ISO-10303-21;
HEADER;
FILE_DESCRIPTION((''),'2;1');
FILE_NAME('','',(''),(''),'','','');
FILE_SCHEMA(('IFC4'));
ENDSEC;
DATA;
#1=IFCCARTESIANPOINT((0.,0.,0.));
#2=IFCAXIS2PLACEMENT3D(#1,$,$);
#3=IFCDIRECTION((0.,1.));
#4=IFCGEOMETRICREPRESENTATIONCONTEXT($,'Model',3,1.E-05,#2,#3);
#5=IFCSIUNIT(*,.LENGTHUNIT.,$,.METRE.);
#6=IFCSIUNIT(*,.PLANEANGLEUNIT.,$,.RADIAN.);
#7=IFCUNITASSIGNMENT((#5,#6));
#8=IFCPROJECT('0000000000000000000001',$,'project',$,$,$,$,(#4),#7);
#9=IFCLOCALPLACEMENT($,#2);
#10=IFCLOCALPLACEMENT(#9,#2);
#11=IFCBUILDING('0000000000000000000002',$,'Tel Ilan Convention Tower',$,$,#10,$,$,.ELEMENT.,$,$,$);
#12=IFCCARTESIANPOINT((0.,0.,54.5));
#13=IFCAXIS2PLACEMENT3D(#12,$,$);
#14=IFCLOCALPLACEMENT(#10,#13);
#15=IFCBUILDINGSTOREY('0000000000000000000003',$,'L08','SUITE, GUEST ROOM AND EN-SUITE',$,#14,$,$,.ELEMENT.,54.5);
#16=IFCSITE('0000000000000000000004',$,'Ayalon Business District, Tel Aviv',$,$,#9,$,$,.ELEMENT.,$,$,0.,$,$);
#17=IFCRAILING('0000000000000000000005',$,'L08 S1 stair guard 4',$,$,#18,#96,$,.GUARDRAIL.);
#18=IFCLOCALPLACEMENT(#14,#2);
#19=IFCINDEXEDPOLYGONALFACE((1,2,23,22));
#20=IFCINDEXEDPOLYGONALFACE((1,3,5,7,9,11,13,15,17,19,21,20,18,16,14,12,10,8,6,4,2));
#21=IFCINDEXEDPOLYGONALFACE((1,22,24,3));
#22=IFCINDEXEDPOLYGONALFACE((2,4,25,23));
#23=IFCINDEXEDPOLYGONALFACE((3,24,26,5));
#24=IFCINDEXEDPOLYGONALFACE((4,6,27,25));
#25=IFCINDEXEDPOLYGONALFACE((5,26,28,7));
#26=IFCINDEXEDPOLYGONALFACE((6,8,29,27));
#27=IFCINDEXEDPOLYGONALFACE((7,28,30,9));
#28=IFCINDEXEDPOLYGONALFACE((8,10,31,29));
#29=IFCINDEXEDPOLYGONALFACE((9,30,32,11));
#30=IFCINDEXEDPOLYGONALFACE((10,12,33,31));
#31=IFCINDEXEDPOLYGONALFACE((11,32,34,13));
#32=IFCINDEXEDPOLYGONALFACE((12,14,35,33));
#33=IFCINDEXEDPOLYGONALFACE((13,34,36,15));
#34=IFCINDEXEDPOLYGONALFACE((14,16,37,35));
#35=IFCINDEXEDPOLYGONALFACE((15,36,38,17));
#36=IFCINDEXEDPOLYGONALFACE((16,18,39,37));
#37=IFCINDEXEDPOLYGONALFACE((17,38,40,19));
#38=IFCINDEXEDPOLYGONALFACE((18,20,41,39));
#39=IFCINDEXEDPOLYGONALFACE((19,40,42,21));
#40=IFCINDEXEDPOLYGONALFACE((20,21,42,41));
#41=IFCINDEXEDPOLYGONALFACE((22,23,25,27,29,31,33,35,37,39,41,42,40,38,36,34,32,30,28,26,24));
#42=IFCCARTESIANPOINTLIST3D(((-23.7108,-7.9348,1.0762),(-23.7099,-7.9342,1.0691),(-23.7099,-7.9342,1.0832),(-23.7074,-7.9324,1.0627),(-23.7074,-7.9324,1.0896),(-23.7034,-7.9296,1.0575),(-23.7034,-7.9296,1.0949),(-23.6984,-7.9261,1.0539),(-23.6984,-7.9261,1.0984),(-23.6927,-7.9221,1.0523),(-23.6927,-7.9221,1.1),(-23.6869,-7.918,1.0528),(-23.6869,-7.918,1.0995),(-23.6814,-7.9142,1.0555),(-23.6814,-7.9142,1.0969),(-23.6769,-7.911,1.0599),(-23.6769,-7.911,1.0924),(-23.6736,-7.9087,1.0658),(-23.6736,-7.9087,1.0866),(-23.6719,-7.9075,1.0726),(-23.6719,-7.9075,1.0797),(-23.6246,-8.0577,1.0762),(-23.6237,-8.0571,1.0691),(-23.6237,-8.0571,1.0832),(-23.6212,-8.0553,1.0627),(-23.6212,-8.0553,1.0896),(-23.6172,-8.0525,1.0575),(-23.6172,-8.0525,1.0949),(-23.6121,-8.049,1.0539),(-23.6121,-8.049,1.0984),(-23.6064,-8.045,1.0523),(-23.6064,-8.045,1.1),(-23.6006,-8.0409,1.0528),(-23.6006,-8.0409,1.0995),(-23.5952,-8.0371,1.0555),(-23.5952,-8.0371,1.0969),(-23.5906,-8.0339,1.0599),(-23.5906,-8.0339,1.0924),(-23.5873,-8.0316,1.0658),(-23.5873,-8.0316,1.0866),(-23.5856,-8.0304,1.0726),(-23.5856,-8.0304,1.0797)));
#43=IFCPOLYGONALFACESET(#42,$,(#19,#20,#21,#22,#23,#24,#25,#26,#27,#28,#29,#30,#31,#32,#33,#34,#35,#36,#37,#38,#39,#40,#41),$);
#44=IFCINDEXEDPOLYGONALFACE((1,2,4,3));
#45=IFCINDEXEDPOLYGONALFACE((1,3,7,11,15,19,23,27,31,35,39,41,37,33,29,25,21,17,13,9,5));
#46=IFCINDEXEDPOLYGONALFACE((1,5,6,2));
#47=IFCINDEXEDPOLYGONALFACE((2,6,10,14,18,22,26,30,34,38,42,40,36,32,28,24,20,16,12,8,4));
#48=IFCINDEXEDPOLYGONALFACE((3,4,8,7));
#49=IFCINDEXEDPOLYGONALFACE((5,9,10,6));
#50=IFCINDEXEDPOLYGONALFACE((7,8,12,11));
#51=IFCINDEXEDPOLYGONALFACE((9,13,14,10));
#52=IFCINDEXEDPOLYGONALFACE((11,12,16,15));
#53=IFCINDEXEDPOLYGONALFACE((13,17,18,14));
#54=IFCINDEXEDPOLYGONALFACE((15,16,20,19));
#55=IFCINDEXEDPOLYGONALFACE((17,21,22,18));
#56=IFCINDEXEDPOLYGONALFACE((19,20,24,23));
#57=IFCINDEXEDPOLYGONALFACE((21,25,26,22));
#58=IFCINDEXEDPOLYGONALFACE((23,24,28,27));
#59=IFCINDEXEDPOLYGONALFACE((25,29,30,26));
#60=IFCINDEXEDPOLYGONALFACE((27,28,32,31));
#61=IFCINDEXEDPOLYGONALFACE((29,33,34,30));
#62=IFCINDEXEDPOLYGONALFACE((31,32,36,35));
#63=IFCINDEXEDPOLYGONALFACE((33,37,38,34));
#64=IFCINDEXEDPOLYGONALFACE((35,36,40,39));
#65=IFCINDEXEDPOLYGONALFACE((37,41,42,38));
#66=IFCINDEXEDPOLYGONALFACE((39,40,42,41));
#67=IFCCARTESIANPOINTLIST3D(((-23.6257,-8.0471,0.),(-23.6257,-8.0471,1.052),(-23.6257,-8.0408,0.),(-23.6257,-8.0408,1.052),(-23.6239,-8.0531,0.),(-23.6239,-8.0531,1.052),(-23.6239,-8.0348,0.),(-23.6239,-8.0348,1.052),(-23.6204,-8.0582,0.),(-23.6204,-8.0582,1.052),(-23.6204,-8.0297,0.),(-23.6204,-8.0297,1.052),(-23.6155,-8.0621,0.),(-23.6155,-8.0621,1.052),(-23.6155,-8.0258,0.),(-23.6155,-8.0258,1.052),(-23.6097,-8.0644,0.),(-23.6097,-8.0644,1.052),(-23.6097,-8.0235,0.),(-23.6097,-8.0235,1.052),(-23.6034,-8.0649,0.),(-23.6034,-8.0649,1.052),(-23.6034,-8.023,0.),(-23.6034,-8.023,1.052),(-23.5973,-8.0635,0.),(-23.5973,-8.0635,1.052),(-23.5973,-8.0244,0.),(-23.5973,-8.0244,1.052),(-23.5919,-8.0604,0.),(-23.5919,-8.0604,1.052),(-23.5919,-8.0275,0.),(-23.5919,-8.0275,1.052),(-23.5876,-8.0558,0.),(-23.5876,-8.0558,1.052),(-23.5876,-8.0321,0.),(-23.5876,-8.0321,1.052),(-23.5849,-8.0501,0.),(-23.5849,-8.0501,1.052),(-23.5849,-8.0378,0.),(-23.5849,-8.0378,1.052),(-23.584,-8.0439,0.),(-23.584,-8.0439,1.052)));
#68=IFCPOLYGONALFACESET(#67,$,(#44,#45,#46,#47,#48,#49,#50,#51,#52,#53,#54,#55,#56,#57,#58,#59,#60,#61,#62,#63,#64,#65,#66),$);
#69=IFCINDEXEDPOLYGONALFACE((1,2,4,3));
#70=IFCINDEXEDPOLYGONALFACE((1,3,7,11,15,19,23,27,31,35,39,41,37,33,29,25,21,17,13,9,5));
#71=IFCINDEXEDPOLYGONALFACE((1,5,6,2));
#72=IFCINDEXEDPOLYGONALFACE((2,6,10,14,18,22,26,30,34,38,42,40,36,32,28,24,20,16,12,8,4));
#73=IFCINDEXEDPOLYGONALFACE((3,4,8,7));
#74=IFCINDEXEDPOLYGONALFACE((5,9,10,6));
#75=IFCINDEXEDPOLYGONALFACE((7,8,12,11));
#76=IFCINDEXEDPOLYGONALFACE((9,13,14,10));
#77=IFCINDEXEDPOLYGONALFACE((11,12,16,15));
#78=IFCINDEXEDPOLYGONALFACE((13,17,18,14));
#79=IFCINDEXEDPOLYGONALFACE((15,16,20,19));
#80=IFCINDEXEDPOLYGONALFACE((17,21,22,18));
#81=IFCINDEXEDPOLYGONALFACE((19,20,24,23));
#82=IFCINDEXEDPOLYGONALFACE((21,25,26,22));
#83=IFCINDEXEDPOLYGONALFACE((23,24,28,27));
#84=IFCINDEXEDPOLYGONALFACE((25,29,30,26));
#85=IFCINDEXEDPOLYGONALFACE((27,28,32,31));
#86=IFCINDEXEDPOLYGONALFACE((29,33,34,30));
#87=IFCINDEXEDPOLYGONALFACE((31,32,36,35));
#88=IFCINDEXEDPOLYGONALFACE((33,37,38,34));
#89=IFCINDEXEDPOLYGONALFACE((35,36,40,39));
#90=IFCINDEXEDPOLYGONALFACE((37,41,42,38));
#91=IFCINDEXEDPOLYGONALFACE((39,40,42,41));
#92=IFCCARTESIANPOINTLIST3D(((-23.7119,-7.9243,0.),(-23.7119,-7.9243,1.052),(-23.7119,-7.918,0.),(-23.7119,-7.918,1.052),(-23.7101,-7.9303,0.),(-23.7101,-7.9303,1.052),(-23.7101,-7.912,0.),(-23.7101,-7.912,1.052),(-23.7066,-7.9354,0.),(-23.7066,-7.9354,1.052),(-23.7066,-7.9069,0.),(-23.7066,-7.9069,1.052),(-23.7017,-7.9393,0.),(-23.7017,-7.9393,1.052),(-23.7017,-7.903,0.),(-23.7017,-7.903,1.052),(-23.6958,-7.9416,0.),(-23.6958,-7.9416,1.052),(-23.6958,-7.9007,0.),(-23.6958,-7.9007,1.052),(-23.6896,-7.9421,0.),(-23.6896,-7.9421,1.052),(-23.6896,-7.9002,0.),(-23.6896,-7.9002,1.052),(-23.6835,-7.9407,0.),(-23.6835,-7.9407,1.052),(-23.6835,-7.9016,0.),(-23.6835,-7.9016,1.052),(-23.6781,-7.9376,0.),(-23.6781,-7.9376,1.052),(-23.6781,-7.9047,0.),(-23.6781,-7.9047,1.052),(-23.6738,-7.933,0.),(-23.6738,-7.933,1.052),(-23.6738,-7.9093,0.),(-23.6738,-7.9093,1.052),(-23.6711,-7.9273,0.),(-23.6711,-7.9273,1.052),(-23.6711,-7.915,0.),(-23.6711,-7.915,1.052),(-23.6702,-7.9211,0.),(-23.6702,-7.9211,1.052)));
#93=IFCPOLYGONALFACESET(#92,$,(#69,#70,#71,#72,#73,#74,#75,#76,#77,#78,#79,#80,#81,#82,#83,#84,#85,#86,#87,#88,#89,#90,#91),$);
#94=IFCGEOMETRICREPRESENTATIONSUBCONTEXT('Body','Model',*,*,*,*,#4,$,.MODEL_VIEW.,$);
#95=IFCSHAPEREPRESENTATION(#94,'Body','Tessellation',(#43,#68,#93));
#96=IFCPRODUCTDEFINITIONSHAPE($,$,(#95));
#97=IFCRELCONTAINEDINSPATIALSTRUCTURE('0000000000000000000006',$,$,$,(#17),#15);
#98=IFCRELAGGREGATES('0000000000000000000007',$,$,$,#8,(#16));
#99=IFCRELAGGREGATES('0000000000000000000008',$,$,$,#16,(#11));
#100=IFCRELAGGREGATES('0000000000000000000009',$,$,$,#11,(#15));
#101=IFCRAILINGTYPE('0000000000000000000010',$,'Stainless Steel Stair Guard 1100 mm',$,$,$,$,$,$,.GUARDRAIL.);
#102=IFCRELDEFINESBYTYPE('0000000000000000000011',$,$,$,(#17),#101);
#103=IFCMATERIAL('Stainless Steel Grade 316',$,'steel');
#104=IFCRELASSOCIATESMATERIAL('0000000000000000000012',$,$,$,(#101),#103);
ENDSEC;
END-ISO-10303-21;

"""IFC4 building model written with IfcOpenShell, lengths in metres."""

from ifc_helpers import new_model, si_unit, direction, frame, origin, origin_2d, place, context, subcontext, project, spatial, circle, extrude, material, type_object, element, save


model = new_model("IFC4")

# Units and contexts
model_context = context("Model", 3, precision=1e-05, world=origin(), true_north=direction((0.0, 1.0)))
body_context = subcontext(model_context, "Body", "Model", "MODEL_VIEW")
ifc_project = project(units=[si_unit("LENGTHUNIT", "METRE"), si_unit("PLANEANGLEUNIT", "RADIAN")], contexts=[model_context])

# Site, building, storey
site_placement = place(None, origin())
site = spatial("IfcSite", under=ifc_project, at=site_placement, Name="Ayalon Business District, Tel Aviv", CompositionType="ELEMENT", RefElevation=0.0)
building_placement = place(site_placement, origin())
building = spatial("IfcBuilding", under=site, at=building_placement, Name="Tel Ilan Convention Tower", CompositionType="ELEMENT")
storey_placement = place(building_placement, frame((0.0, 0.0, 54.5)))
storey = spatial("IfcBuildingStorey", under=building, at=storey_placement, Name="L08", Description="SUITE, GUEST ROOM AND EN-SUITE", CompositionType="ELEMENT", Elevation=54.5)

# Railing
ifc_material_1 = material(Name="Stainless Steel Grade 316", Category="steel")
railing_type_1 = type_object("IfcRailingType", Name="Stainless Steel Stair Guard 1100 mm", PredefinedType="GUARDRAIL", material=ifc_material_1)
railing_1_placement = place(storey_placement, frame((-23.605, -8.0439, 0.0)))
element("IfcRailing", 1, at=railing_1_placement, inside=storey, type_object=railing_type_1, Name="L08 S1 stair guard 4", PredefinedType="GUARDRAIL", context=body_context, shape_type="SweptSolid", body=[
    extrude(circle(Radius=0.0239, at=origin_2d()), frame((0.0, 0.0, 1.0762), z_axis=(-0.574445, 0.818543, 0.0), x_axis=(-0.818543, -0.574445, 0.0)), (0.0, 0.0, 1.0), 0.1501),
    extrude(circle(Radius=0.021, at=origin_2d()), origin(), (0.0, 0.0, 1.0), 1.052),
    extrude(circle(Radius=0.021, at=origin_2d()), frame((-0.0862, 0.1228, 0.0)), (0.0, 0.0, 1.0), 1.052),
])

save(model, "model.ifc")
